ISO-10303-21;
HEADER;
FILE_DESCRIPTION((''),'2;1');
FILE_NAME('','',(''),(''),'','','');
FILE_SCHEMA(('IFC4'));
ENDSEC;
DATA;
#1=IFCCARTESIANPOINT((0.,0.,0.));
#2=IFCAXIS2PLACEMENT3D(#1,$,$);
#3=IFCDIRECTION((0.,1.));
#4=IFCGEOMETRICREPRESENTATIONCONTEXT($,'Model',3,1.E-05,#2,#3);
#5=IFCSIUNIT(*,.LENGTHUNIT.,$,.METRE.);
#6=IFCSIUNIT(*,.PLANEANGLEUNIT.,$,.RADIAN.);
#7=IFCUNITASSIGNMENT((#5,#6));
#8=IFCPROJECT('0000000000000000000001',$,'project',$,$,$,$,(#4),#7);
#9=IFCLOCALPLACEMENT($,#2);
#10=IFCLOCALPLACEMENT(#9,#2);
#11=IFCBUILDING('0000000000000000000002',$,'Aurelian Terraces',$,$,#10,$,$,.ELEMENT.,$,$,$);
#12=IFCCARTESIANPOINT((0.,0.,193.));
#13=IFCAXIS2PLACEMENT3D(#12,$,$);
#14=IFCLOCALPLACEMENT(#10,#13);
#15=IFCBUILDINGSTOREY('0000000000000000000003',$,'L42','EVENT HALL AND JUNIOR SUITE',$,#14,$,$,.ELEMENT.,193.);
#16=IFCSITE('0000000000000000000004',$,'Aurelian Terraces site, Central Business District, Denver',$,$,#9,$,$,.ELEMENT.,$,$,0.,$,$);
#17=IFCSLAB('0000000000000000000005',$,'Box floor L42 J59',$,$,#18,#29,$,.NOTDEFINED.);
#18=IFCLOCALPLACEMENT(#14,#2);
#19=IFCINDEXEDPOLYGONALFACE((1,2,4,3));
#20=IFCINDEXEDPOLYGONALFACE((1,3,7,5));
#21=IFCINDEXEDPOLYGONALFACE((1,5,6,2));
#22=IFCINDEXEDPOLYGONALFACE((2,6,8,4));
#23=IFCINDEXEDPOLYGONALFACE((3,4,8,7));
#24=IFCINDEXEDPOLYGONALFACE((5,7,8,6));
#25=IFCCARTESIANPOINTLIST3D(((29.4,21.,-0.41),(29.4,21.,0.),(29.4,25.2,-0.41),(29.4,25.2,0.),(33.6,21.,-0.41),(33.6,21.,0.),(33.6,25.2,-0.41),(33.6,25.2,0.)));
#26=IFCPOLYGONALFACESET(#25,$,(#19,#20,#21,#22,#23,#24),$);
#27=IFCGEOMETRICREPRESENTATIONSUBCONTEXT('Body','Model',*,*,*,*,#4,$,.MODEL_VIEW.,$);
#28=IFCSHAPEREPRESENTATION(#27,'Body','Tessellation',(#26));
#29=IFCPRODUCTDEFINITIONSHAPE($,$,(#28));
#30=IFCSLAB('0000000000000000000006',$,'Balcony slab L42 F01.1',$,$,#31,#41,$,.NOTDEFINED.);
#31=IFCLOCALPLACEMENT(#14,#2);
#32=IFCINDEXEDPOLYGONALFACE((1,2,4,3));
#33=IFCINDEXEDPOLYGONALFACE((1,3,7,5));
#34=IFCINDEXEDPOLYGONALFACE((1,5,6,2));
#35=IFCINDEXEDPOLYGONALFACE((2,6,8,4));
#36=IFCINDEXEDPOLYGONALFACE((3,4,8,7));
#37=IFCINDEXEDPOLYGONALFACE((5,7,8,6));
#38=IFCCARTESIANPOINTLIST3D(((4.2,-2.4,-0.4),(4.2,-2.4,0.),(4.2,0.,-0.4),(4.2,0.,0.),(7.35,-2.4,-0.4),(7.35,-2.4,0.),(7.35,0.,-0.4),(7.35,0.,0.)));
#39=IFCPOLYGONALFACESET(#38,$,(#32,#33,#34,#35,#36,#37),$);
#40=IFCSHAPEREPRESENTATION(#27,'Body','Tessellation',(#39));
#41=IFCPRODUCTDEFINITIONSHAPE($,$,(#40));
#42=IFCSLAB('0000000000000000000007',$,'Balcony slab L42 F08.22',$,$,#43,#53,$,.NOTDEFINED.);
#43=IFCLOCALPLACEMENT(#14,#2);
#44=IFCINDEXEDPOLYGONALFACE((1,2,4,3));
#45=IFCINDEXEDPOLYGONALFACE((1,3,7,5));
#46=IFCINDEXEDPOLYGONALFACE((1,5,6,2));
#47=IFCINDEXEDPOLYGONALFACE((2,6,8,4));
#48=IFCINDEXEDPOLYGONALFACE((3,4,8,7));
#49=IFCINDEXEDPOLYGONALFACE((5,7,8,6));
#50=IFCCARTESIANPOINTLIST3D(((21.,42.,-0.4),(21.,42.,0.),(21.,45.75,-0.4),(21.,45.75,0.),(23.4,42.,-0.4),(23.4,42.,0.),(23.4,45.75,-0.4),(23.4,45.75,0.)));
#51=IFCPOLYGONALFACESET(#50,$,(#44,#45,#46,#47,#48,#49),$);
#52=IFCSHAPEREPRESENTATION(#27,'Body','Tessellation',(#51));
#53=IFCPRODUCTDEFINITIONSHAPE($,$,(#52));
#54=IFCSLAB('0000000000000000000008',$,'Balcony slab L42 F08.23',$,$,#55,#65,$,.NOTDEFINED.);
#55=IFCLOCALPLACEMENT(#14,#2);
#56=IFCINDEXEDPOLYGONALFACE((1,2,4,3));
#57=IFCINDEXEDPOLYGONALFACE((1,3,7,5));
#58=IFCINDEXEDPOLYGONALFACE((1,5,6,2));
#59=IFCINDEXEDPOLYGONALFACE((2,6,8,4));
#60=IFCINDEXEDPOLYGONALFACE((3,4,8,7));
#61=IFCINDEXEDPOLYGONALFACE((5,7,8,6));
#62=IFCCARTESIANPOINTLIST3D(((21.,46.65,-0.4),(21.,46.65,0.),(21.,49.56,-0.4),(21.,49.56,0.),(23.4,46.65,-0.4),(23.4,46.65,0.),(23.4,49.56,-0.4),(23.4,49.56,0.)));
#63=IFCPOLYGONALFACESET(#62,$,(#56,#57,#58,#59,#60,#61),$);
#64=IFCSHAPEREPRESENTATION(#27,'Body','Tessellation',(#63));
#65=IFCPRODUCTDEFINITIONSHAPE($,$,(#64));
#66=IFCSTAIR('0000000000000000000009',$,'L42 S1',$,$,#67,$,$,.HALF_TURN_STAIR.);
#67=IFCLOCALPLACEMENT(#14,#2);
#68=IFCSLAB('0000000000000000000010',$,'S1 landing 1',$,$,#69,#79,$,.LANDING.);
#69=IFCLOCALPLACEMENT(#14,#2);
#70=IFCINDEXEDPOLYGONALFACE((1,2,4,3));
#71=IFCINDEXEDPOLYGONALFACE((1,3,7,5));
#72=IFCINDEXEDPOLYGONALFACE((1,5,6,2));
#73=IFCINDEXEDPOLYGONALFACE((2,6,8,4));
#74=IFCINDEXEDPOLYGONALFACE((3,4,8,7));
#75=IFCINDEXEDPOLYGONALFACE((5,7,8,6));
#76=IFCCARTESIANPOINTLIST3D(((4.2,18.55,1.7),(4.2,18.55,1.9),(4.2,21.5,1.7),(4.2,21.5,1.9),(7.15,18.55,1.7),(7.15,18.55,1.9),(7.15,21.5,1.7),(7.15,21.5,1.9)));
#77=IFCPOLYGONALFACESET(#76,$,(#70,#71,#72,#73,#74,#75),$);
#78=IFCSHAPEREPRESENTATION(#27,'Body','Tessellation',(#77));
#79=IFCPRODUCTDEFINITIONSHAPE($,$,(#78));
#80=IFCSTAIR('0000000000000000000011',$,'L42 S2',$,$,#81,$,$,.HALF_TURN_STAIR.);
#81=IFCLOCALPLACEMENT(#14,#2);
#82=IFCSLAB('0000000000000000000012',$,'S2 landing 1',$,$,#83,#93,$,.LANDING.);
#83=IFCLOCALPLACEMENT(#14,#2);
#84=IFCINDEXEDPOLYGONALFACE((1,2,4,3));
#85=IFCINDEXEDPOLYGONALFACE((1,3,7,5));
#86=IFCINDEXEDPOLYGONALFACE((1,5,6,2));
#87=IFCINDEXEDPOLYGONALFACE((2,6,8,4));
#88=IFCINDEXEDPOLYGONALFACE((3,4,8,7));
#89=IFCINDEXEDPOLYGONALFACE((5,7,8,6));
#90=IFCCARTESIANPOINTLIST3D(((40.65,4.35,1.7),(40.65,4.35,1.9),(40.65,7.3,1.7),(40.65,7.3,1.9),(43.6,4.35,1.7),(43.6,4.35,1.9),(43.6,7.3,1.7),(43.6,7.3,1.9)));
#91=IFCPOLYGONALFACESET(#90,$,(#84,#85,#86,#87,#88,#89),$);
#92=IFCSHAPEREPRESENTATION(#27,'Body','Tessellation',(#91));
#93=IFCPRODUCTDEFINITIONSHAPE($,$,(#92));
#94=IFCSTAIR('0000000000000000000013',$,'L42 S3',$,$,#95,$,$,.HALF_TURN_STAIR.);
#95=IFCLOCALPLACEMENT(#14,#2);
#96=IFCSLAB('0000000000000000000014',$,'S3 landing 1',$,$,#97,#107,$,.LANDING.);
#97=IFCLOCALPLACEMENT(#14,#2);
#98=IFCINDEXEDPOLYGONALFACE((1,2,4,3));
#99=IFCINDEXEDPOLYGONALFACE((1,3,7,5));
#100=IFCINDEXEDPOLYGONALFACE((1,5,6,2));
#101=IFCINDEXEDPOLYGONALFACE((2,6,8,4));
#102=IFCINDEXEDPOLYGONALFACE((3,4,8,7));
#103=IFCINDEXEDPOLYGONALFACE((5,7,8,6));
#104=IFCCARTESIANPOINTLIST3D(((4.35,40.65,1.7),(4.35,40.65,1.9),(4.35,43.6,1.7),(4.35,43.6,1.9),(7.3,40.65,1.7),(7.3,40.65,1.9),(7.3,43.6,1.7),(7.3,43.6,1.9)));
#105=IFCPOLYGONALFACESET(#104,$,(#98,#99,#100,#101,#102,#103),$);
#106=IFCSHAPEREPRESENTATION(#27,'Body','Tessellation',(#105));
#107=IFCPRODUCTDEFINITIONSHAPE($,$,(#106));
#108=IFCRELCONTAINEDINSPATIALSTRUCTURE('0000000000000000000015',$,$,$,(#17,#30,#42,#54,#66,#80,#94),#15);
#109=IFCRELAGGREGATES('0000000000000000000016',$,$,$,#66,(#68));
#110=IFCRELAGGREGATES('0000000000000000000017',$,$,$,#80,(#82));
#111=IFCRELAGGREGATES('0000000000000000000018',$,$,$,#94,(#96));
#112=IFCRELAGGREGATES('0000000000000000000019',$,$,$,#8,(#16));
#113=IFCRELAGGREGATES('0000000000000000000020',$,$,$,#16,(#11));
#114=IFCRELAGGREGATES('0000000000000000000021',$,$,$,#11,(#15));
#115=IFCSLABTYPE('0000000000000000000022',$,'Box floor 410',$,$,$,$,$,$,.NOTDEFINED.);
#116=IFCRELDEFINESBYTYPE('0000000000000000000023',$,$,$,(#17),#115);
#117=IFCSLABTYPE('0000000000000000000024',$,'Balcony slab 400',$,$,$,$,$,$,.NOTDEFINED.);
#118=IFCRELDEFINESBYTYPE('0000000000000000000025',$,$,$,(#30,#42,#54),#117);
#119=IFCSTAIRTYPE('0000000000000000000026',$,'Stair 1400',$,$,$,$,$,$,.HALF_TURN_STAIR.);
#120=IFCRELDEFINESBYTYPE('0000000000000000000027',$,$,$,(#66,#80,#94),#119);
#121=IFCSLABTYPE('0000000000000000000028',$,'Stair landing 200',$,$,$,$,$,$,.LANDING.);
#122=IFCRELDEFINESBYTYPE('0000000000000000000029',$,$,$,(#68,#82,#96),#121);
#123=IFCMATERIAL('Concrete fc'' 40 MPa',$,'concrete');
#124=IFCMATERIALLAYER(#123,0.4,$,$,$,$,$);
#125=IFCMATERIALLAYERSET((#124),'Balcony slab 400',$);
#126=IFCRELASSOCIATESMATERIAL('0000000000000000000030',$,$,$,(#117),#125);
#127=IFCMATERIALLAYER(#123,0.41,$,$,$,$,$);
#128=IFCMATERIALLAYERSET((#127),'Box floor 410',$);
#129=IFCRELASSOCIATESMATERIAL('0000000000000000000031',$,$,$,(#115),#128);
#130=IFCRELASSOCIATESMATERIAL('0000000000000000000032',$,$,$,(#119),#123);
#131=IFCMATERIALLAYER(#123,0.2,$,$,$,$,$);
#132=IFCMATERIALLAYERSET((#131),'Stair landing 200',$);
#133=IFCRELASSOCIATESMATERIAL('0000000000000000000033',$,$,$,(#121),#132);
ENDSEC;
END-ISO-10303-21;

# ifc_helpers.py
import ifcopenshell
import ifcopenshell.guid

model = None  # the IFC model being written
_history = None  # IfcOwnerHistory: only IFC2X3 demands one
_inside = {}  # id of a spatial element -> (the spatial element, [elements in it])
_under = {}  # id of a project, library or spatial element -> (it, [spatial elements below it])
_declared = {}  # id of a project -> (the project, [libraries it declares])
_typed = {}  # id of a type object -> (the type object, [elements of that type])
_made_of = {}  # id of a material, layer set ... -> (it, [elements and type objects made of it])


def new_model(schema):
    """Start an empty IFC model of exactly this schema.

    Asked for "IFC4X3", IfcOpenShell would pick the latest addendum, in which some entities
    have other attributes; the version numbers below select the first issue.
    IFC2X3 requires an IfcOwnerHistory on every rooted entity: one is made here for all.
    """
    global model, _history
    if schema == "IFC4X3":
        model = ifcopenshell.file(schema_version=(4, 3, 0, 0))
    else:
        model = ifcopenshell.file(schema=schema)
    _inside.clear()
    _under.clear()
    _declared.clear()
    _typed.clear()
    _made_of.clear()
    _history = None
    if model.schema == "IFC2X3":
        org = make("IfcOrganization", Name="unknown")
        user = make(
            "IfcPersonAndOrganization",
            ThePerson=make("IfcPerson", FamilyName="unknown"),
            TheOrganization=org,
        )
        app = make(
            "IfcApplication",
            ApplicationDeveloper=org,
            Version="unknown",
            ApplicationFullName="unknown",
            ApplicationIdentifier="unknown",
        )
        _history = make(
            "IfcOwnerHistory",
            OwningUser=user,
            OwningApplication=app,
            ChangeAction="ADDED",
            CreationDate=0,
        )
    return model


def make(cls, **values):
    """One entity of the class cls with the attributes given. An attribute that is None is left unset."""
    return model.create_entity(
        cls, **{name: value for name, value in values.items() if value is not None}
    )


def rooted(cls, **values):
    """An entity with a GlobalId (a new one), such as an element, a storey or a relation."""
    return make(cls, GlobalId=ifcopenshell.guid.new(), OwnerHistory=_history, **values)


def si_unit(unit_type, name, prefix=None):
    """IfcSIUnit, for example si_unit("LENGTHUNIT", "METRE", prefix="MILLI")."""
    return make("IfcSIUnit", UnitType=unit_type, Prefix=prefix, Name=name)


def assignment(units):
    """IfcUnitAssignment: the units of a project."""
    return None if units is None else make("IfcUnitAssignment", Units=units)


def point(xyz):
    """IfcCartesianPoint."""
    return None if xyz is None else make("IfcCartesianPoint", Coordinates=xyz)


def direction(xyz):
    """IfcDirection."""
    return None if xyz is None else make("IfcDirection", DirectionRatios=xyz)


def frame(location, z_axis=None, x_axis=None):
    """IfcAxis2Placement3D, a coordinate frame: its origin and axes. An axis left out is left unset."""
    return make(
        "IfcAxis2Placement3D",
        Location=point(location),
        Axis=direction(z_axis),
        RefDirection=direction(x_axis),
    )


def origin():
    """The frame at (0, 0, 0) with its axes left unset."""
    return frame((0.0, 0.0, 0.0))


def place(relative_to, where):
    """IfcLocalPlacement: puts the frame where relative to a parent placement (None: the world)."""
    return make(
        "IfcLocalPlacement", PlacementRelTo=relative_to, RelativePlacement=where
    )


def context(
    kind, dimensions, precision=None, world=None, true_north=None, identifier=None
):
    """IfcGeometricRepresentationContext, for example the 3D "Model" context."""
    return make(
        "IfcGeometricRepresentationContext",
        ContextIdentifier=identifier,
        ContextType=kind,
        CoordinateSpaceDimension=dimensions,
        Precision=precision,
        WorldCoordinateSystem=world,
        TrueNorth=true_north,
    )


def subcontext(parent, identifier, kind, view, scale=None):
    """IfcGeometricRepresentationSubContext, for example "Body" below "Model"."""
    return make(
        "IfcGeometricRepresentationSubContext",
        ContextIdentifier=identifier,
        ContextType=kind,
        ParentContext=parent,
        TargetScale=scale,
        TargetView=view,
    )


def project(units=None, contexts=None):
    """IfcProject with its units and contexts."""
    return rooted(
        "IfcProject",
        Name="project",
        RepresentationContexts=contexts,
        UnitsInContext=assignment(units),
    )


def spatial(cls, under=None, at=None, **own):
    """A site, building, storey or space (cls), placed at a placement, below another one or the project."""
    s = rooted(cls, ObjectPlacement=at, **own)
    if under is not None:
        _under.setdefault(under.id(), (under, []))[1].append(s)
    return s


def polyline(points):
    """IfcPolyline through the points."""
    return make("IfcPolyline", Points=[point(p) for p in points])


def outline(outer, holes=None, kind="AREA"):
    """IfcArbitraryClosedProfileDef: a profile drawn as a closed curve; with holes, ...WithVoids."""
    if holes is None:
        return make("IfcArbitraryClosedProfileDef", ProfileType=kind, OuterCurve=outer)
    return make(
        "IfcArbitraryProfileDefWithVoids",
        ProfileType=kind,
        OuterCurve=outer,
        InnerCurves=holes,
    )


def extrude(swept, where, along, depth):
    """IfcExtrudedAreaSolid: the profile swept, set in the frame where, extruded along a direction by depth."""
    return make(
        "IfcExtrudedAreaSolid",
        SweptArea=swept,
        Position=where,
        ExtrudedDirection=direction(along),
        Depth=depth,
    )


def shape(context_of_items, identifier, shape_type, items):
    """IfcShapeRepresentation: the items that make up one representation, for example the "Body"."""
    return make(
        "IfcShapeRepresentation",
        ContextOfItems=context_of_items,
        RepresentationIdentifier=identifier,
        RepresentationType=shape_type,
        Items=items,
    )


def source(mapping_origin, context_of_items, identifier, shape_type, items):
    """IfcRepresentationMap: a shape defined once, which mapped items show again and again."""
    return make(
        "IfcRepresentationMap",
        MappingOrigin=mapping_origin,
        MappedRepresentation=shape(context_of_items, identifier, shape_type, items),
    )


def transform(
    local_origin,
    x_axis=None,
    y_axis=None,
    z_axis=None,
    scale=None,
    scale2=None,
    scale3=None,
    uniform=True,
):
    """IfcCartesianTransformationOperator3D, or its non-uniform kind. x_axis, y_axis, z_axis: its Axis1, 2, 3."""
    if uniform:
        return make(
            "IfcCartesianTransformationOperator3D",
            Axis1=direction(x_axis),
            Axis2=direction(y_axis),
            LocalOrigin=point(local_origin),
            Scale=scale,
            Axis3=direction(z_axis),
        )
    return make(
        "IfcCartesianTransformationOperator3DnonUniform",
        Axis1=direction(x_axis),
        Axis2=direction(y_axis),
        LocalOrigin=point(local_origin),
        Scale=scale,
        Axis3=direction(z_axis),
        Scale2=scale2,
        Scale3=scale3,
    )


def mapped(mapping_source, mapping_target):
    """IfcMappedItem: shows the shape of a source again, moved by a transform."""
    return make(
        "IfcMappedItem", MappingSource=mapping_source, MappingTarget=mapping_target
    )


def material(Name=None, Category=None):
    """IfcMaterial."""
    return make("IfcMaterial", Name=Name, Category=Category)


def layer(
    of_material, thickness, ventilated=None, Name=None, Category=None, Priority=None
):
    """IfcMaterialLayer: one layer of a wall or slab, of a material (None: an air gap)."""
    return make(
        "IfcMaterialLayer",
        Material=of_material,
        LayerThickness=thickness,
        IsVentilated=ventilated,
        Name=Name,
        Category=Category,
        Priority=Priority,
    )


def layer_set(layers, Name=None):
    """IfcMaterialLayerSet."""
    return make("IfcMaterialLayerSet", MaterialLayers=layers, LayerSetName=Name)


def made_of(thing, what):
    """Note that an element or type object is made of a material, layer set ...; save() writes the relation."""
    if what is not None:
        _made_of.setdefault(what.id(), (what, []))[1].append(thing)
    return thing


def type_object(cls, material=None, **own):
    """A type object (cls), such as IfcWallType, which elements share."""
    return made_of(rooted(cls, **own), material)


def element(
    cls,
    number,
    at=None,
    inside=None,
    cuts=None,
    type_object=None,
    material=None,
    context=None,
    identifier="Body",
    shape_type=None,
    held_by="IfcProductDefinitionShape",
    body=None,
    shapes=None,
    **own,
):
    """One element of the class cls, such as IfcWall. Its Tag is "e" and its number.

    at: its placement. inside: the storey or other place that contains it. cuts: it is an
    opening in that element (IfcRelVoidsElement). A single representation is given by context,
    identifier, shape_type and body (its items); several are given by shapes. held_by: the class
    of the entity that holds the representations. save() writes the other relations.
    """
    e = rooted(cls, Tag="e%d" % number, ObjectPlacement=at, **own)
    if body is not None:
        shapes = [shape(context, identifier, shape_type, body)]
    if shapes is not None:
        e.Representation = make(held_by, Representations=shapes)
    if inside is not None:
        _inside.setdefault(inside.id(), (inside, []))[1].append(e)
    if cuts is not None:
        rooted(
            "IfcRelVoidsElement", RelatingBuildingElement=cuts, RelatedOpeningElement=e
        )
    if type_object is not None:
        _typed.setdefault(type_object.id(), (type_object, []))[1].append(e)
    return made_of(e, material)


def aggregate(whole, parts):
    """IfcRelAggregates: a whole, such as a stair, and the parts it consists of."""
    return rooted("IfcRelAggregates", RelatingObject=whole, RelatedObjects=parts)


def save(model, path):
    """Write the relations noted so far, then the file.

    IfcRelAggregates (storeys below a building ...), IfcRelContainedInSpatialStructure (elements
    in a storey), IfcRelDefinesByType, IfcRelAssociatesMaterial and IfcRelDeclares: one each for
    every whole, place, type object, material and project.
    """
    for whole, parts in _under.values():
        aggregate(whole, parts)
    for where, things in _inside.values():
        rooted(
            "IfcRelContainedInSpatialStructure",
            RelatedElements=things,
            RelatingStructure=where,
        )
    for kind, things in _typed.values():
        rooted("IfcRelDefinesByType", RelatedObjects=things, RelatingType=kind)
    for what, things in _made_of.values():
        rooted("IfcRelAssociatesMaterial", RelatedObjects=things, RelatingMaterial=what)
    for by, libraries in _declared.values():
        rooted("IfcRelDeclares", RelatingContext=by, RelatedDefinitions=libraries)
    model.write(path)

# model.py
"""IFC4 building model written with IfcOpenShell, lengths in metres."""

from ifc_helpers import new_model, si_unit, direction, frame, origin, place, context, subcontext, project, spatial, polyline, outline, extrude, source, transform, mapped, material, layer, layer_set, type_object, element, aggregate, save


model = new_model("IFC4")

# Units and contexts
model_context = context("Model", 3, precision=1e-05, world=origin(), true_north=direction((0.0, 1.0)))
body_context = subcontext(model_context, "Body", "Model", "MODEL_VIEW")
ifc_project = project(units=[si_unit("LENGTHUNIT", "METRE"), si_unit("PLANEANGLEUNIT", "RADIAN")], contexts=[model_context])

# Site, building, storey
site_placement = place(None, origin())
site = spatial("IfcSite", under=ifc_project, at=site_placement, Name="Aurelian Terraces site, Central Business District, Denver", CompositionType="ELEMENT", RefElevation=0.0)
building_placement = place(site_placement, origin())
building = spatial("IfcBuilding", under=site, at=building_placement, Name="Aurelian Terraces", CompositionType="ELEMENT")
storey_placement = place(building_placement, frame((0.0, 0.0, 193.0)))
storey = spatial("IfcBuildingStorey", under=building, at=storey_placement, Name="L42", Description="EVENT HALL AND JUNIOR SUITE", CompositionType="ELEMENT", Elevation=193.0)

# Slabs
ifc_material = material(Name="Concrete fc' 40 MPa", Category="concrete")
ifc_layer_1 = layer(ifc_material, 0.4)
ifc_layer_set_1 = layer_set([ifc_layer_1], Name="Balcony slab 400")
slab_type_1 = type_object("IfcSlabType", Name="Balcony slab 400", PredefinedType="NOTDEFINED", material=ifc_layer_set_1)
ifc_layer_2 = layer(ifc_material, 0.41)
ifc_layer_set_2 = layer_set([ifc_layer_2], Name="Box floor 410")
slab_type_2 = type_object("IfcSlabType", Name="Box floor 410", PredefinedType="NOTDEFINED", material=ifc_layer_set_2)
shared_shape_1 = source(origin(), body_context, "Body", "SweptSolid", [
    extrude(outline(polyline([(33.6, 25.2), (29.4, 25.2), (29.4, 21.0), (33.6, 21.0), (33.6, 25.2)])), origin(), (0.0, 0.0, 1.0), 0.41),
])
slab_1_placement = place(storey_placement, frame((0.0, 0.0, -0.41)))
element("IfcSlab", 1, at=slab_1_placement, inside=storey, type_object=slab_type_2, Name="Box floor L42 J59", PredefinedType="NOTDEFINED", context=body_context, shape_type="MappedRepresentation", body=[
    mapped(shared_shape_1, transform((0.0, 0.0, 0.0), scale=1.0)),
])
shared_shape_2 = source(origin(), body_context, "Body", "SweptSolid", [
    extrude(outline(polyline([(4.2, 0.0), (7.35, 0.0), (7.35, -2.4), (4.2, -2.4), (4.2, 0.0)])), origin(), (0.0, 0.0, 1.0), 0.4),
])
slab_2_placement = place(storey_placement, frame((0.0, 0.0, -0.4)))
element("IfcSlab", 2, at=slab_2_placement, inside=storey, type_object=slab_type_1, Name="Balcony slab L42 F01.1", PredefinedType="NOTDEFINED", context=body_context, shape_type="MappedRepresentation", body=[
    mapped(shared_shape_2, transform((0.0, 0.0, 0.0), scale=1.0)),
])
shared_shape_3 = source(origin(), body_context, "Body", "SweptSolid", [
    extrude(outline(polyline([(21.0, 42.0), (21.0, 45.75), (23.4, 45.75), (23.4, 42.0), (21.0, 42.0)])), origin(), (0.0, 0.0, 1.0), 0.4),
])
slab_3_placement = place(storey_placement, frame((0.0, 0.0, -0.4)))
element("IfcSlab", 3, at=slab_3_placement, inside=storey, type_object=slab_type_1, Name="Balcony slab L42 F08.22", PredefinedType="NOTDEFINED", context=body_context, shape_type="MappedRepresentation", body=[
    mapped(shared_shape_3, transform((0.0, 0.0, 0.0), scale=1.0)),
])
shared_shape_4 = source(origin(), body_context, "Body", "SweptSolid", [
    extrude(outline(polyline([(21.0, 46.65), (21.0, 49.56), (23.4, 49.56), (23.4, 46.65), (21.0, 46.65)])), origin(), (0.0, 0.0, 1.0), 0.4),
])
slab_4_placement = place(storey_placement, frame((0.0, 0.0, -0.4)))
element("IfcSlab", 4, at=slab_4_placement, inside=storey, type_object=slab_type_1, Name="Balcony slab L42 F08.23", PredefinedType="NOTDEFINED", context=body_context, shape_type="MappedRepresentation", body=[
    mapped(shared_shape_4, transform((0.0, 0.0, 0.0), scale=1.0)),
])

# Stairs, slabs
stair_type = type_object("IfcStairType", Name="Stair 1400", PredefinedType="HALF_TURN_STAIR", material=ifc_material)
stair_1_placement = place(storey_placement, origin())
stair_1 = element("IfcStair", 5, at=stair_1_placement, inside=storey, type_object=stair_type, Name="L42 S1", PredefinedType="HALF_TURN_STAIR")
ifc_layer_3 = layer(ifc_material, 0.2)
ifc_layer_set_3 = layer_set([ifc_layer_3], Name="Stair landing 200")
slab_type_3 = type_object("IfcSlabType", Name="Stair landing 200", PredefinedType="LANDING", material=ifc_layer_set_3)
shared_shape_5 = source(origin(), body_context, "Body", "SweptSolid", [
    extrude(outline(polyline([(7.15, 18.55), (7.15, 21.5), (4.2, 21.5), (4.2, 18.55), (7.15, 18.55)])), origin(), (0.0, 0.0, 1.0), 0.2),
])
slab_5_placement = place(storey_placement, frame((0.0, 0.0, 1.7)))
slab_5 = element("IfcSlab", 6, at=slab_5_placement, type_object=slab_type_3, Name="S1 landing 1", PredefinedType="LANDING", context=body_context, shape_type="MappedRepresentation", body=[
    mapped(shared_shape_5, transform((0.0, 0.0, 0.0), scale=1.0)),
])
aggregate(stair_1, [slab_5])
stair_2_placement = place(storey_placement, origin())
stair_2 = element("IfcStair", 7, at=stair_2_placement, inside=storey, type_object=stair_type, Name="L42 S2", PredefinedType="HALF_TURN_STAIR")
shared_shape_6 = source(origin(), body_context, "Body", "SweptSolid", [
    extrude(outline(polyline([(43.6, 4.35), (43.6, 7.3), (40.65, 7.3), (40.65, 4.35), (43.6, 4.35)])), origin(), (0.0, 0.0, 1.0), 0.2),
])
slab_6_placement = place(storey_placement, frame((0.0, 0.0, 1.7)))
slab_6 = element("IfcSlab", 8, at=slab_6_placement, type_object=slab_type_3, Name="S2 landing 1", PredefinedType="LANDING", context=body_context, shape_type="MappedRepresentation", body=[
    mapped(shared_shape_6, transform((0.0, 0.0, 0.0), scale=1.0)),
])
aggregate(stair_2, [slab_6])
stair_3_placement = place(storey_placement, origin())
stair_3 = element("IfcStair", 9, at=stair_3_placement, inside=storey, type_object=stair_type, Name="L42 S3", PredefinedType="HALF_TURN_STAIR")
shared_shape_7 = source(origin(), body_context, "Body", "SweptSolid", [
    extrude(outline(polyline([(4.35, 40.65), (7.3, 40.65), (7.3, 43.6), (4.35, 43.6), (4.35, 40.65)])), origin(), (0.0, 0.0, 1.0), 0.2),
])
slab_7_placement = place(storey_placement, frame((0.0, 0.0, 1.7)))
slab_7 = element("IfcSlab", 10, at=slab_7_placement, type_object=slab_type_3, Name="S3 landing 1", PredefinedType="LANDING", context=body_context, shape_type="MappedRepresentation", body=[
    mapped(shared_shape_7, transform((0.0, 0.0, 0.0), scale=1.0)),
])
aggregate(stair_3, [slab_7])

save(model, "model.ifc")
